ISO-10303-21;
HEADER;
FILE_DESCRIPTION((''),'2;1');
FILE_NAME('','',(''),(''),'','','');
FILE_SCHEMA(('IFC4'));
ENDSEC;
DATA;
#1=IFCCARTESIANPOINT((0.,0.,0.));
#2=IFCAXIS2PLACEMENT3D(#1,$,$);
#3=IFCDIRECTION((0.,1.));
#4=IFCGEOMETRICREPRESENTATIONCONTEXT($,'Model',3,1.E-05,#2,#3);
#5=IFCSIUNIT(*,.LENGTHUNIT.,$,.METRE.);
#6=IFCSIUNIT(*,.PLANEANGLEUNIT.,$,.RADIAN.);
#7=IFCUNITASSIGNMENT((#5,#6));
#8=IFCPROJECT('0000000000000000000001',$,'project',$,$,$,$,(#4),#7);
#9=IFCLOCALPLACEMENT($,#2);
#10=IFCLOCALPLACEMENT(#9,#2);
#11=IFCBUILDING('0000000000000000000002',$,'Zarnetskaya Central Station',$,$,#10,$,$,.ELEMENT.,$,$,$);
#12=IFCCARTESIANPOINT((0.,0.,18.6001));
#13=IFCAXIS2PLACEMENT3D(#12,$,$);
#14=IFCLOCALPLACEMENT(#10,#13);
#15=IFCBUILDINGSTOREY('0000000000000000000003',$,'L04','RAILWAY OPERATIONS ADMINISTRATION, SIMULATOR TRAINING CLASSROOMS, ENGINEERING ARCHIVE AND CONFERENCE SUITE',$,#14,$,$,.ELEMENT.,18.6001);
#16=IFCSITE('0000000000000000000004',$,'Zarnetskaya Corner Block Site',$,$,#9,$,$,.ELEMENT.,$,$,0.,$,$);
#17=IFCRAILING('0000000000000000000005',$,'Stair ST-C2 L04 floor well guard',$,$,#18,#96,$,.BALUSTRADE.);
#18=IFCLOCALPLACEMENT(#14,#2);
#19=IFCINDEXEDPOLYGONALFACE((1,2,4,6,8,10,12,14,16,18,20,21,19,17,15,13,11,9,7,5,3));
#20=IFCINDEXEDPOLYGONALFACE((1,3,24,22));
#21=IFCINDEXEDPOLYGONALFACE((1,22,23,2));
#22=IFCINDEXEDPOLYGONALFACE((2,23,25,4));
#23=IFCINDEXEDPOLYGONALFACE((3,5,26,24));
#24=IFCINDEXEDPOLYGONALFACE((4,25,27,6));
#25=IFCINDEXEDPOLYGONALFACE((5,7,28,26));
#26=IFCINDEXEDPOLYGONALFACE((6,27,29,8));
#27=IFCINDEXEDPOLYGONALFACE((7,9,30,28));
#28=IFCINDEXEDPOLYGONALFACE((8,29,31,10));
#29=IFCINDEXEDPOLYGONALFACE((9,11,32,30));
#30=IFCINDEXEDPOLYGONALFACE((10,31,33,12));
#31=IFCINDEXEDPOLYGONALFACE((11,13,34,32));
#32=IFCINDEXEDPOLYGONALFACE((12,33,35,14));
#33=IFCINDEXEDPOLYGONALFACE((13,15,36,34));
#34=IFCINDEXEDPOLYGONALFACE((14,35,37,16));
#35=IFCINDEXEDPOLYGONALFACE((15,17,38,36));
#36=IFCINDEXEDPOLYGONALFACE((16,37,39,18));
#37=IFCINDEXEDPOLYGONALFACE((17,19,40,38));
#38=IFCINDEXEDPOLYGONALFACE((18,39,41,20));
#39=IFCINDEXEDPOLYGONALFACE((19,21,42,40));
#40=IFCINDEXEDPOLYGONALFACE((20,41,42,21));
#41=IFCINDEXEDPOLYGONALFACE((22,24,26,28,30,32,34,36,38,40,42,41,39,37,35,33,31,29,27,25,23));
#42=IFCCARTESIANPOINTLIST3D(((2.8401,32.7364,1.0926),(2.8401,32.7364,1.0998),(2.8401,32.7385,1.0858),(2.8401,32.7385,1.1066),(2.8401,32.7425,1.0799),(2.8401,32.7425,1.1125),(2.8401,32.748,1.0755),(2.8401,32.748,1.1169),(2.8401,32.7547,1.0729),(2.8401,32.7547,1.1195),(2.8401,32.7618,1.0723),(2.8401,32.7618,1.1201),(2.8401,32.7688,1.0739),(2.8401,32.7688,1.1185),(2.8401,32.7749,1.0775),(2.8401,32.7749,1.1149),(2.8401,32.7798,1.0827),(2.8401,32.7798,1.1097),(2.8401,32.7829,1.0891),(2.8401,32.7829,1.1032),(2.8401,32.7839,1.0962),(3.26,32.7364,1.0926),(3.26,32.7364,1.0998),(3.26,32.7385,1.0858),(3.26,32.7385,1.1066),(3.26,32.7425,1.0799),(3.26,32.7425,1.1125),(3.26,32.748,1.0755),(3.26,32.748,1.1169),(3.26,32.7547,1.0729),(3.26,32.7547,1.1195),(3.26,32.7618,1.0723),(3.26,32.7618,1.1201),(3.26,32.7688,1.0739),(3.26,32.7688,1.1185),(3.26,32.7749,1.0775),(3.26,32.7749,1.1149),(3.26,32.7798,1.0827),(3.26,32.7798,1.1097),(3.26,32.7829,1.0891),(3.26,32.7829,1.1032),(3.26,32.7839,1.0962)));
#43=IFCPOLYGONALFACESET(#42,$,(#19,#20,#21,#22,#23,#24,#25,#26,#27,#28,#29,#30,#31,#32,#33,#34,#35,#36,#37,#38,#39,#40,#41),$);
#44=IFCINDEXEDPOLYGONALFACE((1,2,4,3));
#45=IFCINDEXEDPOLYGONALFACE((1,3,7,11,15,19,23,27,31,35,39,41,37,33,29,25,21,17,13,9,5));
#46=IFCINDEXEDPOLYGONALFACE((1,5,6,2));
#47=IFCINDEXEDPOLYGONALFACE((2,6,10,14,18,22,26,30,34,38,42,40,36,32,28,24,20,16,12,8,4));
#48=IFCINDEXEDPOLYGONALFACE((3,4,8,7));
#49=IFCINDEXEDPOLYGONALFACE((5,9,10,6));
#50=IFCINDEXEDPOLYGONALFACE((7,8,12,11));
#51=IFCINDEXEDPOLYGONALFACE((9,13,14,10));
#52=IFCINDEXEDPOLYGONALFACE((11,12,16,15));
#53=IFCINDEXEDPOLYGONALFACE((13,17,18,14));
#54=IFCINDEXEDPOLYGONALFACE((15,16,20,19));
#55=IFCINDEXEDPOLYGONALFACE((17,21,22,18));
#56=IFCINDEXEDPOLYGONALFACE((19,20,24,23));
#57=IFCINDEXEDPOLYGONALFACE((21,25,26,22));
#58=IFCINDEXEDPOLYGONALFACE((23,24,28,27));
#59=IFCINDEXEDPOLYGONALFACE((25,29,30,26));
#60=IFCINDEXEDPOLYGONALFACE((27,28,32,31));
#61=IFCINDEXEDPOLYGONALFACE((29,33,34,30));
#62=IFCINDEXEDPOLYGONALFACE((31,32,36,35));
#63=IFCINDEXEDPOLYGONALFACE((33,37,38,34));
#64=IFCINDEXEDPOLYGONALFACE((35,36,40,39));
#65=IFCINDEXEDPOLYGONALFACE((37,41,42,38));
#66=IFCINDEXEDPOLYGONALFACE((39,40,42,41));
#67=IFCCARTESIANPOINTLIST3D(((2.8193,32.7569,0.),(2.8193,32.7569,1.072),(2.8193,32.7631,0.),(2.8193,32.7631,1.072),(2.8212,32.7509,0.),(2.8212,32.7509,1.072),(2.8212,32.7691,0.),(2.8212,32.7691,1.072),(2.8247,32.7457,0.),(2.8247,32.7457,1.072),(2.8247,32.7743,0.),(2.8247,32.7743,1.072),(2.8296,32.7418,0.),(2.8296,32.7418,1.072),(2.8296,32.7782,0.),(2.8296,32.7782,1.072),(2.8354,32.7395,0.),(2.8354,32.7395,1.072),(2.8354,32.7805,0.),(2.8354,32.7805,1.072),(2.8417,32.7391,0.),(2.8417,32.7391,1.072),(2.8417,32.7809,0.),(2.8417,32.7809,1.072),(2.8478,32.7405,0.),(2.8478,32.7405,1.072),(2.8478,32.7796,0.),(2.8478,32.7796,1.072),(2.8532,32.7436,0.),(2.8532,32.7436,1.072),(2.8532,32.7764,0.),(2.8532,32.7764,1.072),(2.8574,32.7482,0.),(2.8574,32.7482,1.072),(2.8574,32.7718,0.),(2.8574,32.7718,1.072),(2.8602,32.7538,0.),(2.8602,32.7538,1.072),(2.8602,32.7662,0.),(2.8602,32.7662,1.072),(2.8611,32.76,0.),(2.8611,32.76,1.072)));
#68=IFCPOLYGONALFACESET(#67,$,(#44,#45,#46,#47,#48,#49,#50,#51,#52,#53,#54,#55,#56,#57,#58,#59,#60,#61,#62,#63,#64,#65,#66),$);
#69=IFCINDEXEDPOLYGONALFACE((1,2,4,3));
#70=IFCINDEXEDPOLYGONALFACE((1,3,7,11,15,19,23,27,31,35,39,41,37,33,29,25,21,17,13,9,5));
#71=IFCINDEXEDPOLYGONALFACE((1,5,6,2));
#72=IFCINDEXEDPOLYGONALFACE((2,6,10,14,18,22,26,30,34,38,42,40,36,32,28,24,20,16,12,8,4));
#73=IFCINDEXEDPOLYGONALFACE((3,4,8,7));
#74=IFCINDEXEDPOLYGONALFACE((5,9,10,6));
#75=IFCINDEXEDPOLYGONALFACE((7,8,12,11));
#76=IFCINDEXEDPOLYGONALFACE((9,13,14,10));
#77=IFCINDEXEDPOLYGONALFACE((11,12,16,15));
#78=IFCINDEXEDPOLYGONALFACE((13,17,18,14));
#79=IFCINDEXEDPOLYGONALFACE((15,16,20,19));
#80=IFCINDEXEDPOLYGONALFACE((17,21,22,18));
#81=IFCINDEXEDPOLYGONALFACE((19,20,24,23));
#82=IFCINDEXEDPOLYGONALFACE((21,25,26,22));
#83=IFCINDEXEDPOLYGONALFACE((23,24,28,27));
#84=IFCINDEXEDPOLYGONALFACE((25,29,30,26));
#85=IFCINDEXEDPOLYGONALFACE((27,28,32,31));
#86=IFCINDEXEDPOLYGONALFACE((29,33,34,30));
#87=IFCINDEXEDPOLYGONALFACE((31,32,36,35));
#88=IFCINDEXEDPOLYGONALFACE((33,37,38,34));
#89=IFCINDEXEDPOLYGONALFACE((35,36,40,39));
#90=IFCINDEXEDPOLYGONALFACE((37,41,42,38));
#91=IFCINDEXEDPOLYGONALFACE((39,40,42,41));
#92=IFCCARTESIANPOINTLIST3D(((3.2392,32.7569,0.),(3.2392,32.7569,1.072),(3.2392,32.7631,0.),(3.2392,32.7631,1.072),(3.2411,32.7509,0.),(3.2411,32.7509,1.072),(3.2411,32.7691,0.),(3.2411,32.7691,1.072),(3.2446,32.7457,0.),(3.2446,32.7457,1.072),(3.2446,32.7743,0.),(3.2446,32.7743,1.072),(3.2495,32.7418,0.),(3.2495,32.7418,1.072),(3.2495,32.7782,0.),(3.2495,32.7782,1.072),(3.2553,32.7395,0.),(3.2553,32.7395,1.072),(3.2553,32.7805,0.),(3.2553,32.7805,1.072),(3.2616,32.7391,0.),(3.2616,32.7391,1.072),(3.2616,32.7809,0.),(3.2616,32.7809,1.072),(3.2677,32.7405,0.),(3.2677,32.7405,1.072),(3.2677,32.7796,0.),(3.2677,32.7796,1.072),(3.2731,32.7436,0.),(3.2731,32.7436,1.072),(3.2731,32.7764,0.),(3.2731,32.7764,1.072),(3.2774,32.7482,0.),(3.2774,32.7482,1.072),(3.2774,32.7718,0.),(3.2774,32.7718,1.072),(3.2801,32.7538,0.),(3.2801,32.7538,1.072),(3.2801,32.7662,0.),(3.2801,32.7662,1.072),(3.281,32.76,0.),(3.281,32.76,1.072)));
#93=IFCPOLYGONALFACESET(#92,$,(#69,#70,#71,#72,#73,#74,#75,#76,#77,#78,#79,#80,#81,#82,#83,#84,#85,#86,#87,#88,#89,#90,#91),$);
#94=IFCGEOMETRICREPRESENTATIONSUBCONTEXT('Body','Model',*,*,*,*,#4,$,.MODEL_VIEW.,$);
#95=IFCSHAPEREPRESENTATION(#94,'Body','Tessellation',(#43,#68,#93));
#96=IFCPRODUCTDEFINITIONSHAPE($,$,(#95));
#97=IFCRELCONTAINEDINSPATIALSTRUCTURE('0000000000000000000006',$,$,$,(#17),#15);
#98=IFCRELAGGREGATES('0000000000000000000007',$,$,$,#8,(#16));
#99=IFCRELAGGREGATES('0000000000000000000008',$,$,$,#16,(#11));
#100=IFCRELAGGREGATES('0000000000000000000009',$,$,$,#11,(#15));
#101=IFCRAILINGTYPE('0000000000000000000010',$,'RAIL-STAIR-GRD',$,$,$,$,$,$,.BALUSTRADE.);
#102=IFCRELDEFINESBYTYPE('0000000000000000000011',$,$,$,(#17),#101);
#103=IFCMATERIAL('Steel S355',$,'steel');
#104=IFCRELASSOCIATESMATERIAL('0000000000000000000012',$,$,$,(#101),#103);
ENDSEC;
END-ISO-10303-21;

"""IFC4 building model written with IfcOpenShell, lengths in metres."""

from ifc_helpers import new_model, si_unit, direction, frame, origin, origin_2d, place, context, subcontext, project, spatial, circle, extrude, material, type_object, element, save


model = new_model("IFC4")

# Units and contexts
model_context = context("Model", 3, precision=1e-05, world=origin(), true_north=direction((0.0, 1.0)))
body_context = subcontext(model_context, "Body", "Model", "MODEL_VIEW")
ifc_project = project(units=[si_unit("LENGTHUNIT", "METRE"), si_unit("PLANEANGLEUNIT", "RADIAN")], contexts=[model_context])

# Site, building, storey
site_placement = place(None, origin())
site = spatial("IfcSite", under=ifc_project, at=site_placement, Name="Zarnetskaya Corner Block Site", CompositionType="ELEMENT", RefElevation=0.0)
building_placement = place(site_placement, origin())
building = spatial("IfcBuilding", under=site, at=building_placement, Name="Zarnetskaya Central Station", CompositionType="ELEMENT")
storey_placement = place(building_placement, frame((0.0, 0.0, 18.6001)))
storey = spatial("IfcBuildingStorey", under=building, at=storey_placement, Name="L04", Description="RAILWAY OPERATIONS ADMINISTRATION, SIMULATOR TRAINING CLASSROOMS, ENGINEERING ARCHIVE AND CONFERENCE SUITE", CompositionType="ELEMENT", Elevation=18.6001)

# Railing
ifc_material_1 = material(Name="Steel S355", Category="steel")
railing_type_1 = type_object("IfcRailingType", Name="RAIL-STAIR-GRD", PredefinedType="BALUSTRADE", material=ifc_material_1)
railing_1_placement = place(storey_placement, frame((2.8401, 32.76, 0.0)))
element("IfcRailing", 1, at=railing_1_placement, inside=storey, type_object=railing_type_1, Name="Stair ST-C2 L04 floor well guard", PredefinedType="BALUSTRADE", context=body_context, shape_type="SweptSolid", body=[
    extrude(circle(Radius=0.0239, at=origin_2d()), frame((0.0, 0.0, 1.0962), z_axis=(1.0, 0.0, 0.0), x_axis=(0.0, 1.0, 0.0)), (0.0, 0.0, 1.0), 0.4199),
    extrude(circle(Radius=0.021, at=origin_2d()), origin(), (0.0, 0.0, 1.0), 1.072),
    extrude(circle(Radius=0.021, at=origin_2d()), frame((0.4199, 0.0, 0.0)), (0.0, 0.0, 1.0), 1.072),
])

save(model, "model.ifc")
